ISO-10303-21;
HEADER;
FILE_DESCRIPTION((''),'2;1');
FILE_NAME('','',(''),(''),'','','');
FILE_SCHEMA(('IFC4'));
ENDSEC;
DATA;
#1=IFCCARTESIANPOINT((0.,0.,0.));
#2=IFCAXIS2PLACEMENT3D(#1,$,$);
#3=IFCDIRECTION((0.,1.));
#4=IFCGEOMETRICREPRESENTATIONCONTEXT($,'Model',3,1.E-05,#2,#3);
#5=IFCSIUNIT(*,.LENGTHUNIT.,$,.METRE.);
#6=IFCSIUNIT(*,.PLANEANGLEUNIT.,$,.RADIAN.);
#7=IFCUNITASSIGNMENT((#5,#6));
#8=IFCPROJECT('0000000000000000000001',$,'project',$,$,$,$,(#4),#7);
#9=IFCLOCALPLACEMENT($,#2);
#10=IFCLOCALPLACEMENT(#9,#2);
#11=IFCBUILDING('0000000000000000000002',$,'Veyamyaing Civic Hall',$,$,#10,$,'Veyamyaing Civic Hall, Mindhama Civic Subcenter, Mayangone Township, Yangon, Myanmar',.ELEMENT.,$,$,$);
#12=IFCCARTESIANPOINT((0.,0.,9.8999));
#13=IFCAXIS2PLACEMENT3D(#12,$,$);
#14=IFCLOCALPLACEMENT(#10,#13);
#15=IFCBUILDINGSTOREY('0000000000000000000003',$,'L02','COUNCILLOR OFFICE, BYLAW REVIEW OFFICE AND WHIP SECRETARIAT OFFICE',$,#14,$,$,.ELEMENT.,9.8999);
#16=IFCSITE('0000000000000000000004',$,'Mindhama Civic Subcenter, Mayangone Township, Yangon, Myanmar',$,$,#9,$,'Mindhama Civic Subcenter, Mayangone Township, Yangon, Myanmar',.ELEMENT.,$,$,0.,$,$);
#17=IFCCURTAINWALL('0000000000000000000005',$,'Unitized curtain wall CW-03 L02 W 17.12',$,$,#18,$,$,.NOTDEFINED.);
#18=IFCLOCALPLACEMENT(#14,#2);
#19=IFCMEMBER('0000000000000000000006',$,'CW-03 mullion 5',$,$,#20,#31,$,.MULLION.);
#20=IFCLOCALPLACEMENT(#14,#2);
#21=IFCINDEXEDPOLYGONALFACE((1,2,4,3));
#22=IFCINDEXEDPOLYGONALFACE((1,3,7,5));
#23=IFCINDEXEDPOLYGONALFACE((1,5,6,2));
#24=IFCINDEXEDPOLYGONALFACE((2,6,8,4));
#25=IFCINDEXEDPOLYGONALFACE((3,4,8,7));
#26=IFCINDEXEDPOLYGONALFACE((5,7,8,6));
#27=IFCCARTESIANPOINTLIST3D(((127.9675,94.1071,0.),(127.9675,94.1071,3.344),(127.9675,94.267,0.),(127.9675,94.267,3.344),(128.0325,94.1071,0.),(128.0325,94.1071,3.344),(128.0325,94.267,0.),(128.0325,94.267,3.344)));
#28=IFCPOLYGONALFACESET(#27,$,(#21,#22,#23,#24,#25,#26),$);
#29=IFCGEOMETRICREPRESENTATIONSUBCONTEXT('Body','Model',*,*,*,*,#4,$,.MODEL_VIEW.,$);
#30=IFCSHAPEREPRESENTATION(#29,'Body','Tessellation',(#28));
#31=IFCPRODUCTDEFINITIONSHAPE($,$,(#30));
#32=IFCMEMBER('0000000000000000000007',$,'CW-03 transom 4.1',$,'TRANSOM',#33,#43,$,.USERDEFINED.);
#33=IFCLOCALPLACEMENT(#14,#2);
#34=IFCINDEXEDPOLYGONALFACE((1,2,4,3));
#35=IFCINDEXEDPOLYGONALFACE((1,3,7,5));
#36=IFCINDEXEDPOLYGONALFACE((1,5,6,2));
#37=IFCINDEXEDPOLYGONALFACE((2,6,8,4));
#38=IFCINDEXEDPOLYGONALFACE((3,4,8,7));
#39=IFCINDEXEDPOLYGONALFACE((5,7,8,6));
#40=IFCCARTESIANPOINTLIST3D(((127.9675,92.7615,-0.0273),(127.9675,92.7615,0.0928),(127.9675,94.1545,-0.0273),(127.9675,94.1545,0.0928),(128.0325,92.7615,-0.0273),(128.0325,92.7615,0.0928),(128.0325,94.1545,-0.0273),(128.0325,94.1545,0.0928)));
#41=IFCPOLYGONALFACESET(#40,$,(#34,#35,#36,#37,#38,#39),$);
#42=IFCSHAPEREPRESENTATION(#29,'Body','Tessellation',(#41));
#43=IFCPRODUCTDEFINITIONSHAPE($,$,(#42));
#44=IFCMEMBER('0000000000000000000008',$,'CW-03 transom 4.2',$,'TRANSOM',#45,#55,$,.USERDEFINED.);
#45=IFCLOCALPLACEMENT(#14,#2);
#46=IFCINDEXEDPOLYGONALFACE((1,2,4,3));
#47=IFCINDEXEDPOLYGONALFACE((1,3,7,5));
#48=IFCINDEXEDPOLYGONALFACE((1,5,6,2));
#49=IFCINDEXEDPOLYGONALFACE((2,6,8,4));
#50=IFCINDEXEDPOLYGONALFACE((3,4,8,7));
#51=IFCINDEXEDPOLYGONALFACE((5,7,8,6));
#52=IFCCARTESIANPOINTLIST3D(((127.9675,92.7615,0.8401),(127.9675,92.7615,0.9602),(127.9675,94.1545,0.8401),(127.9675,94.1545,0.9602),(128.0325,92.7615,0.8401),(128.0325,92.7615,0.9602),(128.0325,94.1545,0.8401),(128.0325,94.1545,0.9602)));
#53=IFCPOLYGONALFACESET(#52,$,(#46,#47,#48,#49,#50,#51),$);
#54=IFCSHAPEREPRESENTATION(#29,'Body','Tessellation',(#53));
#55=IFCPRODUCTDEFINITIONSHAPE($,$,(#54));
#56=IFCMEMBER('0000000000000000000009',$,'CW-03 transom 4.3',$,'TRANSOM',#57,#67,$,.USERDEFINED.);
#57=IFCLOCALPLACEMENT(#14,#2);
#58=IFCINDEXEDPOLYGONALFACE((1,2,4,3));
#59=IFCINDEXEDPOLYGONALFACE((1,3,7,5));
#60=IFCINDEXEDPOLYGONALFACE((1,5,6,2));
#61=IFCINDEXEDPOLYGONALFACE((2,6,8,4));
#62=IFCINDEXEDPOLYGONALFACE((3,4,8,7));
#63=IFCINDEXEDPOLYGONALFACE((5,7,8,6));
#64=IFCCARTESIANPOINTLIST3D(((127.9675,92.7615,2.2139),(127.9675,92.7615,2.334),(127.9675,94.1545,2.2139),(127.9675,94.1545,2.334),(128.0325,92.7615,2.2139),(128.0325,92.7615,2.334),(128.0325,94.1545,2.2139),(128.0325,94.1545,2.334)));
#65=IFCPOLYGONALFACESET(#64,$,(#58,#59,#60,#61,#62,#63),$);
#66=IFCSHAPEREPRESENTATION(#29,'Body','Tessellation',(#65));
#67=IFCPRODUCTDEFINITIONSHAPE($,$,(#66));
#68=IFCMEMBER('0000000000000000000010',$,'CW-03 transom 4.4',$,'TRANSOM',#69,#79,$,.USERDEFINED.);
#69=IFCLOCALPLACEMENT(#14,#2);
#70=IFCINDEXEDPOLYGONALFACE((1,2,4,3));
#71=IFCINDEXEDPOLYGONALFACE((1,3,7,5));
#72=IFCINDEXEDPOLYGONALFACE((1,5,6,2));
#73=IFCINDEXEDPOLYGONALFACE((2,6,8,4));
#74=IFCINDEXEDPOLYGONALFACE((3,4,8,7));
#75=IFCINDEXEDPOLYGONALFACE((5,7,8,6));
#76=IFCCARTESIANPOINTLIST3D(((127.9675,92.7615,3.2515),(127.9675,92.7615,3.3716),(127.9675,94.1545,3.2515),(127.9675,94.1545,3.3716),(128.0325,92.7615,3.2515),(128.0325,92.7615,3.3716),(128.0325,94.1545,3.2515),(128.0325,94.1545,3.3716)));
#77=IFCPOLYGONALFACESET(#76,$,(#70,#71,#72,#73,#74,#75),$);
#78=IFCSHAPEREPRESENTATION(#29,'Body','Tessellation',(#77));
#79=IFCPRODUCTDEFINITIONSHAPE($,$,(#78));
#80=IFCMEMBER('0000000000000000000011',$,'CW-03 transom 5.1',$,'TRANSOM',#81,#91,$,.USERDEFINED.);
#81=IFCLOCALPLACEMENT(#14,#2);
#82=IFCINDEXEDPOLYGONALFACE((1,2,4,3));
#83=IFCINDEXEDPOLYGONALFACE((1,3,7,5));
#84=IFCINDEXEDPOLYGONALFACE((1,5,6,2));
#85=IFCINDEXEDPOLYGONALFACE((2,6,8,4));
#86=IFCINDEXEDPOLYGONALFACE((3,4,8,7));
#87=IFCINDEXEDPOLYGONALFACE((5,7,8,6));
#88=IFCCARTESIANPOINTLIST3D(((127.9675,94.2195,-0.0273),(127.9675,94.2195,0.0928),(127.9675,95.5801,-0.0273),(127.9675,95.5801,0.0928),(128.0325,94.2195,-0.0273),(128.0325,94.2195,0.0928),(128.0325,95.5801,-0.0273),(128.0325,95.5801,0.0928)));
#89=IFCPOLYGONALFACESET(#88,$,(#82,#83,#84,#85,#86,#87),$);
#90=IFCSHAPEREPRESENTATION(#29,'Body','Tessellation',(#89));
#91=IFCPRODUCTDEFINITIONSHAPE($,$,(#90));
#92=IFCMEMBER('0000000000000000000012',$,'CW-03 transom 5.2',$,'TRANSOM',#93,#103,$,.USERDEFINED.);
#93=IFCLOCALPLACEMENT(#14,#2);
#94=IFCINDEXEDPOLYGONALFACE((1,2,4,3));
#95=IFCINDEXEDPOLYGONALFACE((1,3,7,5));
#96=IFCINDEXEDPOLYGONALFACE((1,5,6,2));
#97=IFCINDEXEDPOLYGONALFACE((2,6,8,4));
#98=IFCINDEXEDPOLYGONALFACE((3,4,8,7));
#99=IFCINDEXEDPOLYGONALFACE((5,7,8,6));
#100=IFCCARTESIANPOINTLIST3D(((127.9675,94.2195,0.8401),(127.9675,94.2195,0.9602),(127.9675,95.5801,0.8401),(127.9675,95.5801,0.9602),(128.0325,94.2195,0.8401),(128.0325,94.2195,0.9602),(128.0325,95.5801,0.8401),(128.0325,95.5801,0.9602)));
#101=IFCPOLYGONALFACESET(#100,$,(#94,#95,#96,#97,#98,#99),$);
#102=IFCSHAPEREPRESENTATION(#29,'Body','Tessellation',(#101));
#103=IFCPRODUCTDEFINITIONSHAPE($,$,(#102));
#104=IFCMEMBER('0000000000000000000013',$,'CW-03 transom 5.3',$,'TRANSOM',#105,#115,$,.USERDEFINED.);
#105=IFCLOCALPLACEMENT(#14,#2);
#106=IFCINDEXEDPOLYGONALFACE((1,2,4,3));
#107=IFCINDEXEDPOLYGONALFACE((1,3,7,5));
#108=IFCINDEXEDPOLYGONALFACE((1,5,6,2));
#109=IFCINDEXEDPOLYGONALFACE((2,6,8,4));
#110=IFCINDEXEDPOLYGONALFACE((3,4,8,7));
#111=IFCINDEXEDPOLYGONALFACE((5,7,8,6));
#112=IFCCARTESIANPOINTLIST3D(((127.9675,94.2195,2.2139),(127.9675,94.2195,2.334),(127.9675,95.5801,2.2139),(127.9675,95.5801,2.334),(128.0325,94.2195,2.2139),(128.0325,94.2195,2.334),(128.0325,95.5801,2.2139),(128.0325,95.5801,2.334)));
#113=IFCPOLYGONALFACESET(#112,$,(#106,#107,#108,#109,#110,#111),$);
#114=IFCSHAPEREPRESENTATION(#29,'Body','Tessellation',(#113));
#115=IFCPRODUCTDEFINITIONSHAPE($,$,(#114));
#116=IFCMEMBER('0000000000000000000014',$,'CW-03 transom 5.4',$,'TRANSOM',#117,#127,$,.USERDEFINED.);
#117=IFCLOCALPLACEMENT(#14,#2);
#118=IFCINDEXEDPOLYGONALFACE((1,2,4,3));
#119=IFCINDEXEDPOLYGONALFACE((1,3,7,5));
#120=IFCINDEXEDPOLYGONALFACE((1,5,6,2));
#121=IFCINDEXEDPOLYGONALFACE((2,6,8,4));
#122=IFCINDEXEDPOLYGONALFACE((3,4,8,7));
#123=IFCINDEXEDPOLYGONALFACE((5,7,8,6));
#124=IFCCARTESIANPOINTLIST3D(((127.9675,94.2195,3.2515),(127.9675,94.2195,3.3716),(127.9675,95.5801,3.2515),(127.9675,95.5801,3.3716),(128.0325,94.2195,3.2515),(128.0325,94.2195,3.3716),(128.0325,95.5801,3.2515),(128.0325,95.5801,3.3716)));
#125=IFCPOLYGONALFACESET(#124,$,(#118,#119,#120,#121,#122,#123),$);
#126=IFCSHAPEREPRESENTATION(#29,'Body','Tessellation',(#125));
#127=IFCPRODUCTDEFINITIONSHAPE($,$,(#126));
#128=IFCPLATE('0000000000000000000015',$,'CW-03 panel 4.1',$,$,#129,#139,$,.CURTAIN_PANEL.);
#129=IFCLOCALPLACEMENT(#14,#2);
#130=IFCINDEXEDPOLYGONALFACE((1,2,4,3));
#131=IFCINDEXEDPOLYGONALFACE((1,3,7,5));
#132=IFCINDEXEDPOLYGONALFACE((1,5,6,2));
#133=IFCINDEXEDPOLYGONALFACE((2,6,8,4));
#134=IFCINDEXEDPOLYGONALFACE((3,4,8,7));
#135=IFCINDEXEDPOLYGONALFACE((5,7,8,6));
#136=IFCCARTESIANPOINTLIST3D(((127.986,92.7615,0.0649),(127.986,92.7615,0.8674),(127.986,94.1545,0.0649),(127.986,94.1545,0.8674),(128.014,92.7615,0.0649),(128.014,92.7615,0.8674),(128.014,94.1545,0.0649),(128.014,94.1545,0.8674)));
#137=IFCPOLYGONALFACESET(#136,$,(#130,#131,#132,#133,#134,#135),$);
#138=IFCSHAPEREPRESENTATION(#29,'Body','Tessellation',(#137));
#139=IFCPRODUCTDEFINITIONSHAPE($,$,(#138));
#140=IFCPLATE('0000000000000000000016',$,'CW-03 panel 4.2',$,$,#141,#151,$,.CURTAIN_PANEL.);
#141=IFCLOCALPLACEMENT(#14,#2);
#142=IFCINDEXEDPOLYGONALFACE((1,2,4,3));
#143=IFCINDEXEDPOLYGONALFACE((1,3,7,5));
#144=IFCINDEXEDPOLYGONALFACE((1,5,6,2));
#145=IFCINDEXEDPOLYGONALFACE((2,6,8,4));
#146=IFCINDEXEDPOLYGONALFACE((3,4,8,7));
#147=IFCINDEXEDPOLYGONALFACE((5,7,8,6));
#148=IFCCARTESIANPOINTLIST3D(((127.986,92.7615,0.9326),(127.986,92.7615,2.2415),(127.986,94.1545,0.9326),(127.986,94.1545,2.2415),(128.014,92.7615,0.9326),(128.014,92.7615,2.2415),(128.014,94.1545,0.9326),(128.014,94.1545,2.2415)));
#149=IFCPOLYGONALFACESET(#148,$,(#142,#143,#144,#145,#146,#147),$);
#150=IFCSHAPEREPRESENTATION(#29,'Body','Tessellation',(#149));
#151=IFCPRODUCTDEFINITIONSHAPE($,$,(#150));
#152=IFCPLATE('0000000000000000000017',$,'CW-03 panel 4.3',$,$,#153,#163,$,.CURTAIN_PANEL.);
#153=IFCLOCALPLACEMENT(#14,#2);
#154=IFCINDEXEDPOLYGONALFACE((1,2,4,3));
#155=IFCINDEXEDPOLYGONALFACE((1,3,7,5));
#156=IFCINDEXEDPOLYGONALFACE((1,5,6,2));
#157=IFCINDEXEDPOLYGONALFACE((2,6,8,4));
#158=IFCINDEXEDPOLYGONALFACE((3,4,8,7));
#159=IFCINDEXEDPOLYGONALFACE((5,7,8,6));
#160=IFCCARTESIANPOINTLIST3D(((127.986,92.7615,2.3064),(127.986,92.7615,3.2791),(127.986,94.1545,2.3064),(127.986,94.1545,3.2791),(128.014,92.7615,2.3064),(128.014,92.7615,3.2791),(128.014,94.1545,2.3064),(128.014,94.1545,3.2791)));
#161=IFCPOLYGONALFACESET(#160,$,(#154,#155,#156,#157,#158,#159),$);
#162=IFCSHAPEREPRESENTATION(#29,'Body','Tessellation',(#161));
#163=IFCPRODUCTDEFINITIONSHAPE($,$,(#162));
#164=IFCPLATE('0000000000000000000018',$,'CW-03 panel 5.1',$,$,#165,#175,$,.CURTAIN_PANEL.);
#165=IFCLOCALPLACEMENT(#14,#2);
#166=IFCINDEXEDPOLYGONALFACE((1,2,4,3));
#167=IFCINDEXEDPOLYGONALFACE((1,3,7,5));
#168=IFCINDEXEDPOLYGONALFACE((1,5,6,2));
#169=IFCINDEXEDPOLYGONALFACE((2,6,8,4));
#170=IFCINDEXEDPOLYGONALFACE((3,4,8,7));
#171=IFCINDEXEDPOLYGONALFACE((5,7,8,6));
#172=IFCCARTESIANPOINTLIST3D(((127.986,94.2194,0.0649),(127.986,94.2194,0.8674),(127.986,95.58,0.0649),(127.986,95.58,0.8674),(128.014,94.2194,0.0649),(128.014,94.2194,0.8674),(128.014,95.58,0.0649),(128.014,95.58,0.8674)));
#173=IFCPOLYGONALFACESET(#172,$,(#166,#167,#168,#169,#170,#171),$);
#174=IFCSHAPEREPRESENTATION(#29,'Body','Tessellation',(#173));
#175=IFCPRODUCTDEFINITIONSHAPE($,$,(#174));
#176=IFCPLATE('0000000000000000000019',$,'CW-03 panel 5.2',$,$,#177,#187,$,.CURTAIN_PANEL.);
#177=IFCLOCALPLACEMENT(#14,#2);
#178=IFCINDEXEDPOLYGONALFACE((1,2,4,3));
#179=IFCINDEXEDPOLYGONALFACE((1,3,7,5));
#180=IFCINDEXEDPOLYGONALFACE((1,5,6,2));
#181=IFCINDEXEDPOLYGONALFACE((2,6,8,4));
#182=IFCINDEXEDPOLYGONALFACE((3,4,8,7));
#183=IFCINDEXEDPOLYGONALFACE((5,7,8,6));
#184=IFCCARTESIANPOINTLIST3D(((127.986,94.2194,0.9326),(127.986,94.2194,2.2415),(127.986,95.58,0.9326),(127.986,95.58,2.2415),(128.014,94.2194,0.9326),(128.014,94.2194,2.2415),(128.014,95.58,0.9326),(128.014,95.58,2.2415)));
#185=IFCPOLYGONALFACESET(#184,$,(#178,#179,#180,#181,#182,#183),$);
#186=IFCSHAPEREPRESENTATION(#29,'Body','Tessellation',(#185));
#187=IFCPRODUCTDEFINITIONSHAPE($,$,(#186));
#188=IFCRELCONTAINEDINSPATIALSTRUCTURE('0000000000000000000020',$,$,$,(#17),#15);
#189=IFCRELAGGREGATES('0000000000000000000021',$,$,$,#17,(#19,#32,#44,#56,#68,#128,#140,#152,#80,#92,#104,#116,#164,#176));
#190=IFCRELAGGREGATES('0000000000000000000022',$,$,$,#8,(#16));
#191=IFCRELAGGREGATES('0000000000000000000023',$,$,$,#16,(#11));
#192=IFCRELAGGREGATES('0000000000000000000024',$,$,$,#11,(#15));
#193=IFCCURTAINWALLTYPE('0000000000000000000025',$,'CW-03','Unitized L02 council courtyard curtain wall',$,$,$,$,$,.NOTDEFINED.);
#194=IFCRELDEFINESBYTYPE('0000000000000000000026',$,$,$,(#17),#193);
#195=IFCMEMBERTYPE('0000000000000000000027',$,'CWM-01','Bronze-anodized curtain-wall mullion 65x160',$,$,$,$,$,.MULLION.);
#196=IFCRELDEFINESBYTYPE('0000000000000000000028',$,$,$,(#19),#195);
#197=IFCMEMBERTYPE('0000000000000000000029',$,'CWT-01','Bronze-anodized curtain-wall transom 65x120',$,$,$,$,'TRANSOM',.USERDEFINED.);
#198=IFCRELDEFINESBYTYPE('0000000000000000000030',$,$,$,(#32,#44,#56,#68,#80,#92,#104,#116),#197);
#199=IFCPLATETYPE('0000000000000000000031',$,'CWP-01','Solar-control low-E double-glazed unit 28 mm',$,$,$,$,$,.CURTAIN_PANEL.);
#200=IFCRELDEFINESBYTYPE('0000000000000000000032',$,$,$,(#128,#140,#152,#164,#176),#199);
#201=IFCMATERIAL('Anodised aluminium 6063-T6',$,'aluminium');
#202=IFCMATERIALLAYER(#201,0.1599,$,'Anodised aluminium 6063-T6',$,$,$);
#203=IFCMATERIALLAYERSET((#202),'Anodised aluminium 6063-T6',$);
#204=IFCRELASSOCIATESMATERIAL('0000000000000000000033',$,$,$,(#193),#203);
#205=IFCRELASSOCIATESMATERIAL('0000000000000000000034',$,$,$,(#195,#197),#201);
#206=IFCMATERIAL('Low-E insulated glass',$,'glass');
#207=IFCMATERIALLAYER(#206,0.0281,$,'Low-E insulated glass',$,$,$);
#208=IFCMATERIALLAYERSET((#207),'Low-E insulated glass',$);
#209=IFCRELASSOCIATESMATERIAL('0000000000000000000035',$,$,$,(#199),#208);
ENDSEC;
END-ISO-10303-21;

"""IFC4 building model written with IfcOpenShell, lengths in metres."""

from ifc_helpers import new_model, si_unit, direction, frame, origin, origin_2d, place, context, subcontext, project, spatial, rectangle, extrude, material, layer, layer_set, material_profile, profile_set, type_object, element, aggregate, save


model = new_model("IFC4")

# Units and contexts
model_context = context("Model", 3, precision=1e-05, world=origin(), true_north=direction((0.0, 1.0)))
body_context = subcontext(model_context, "Body", "Model", "MODEL_VIEW")
ifc_project = project(units=[si_unit("LENGTHUNIT", "METRE"), si_unit("PLANEANGLEUNIT", "RADIAN")], contexts=[model_context])

# Site, building, storey
site_placement = place(None, origin())
site = spatial("IfcSite", under=ifc_project, at=site_placement, Name="Mindhama Civic Subcenter, Mayangone Township, Yangon, Myanmar", LongName="Mindhama Civic Subcenter, Mayangone Township, Yangon, Myanmar", CompositionType="ELEMENT", RefElevation=0.0)
building_placement = place(site_placement, origin())
building = spatial("IfcBuilding", under=site, at=building_placement, Name="Veyamyaing Civic Hall", LongName="Veyamyaing Civic Hall, Mindhama Civic Subcenter, Mayangone Township, Yangon, Myanmar", CompositionType="ELEMENT")
storey_placement = place(building_placement, frame((0.0, 0.0, 9.8999)))
storey = spatial("IfcBuildingStorey", under=building, at=storey_placement, Name="L02", Description="COUNCILLOR OFFICE, BYLAW REVIEW OFFICE AND WHIP SECRETARIAT OFFICE", CompositionType="ELEMENT", Elevation=9.8999)

# Curtain wall, members, plates
ifc_material_1 = material(Name="Anodised aluminium 6063-T6", Category="aluminium")
ifc_layer_1 = layer(ifc_material_1, 0.1599, Name="Anodised aluminium 6063-T6")
ifc_layer_set_1 = layer_set([ifc_layer_1], Name="Anodised aluminium 6063-T6")
curtain_wall_type = type_object("IfcCurtainWallType", Name="CW-03", Description="Unitized L02 council courtyard curtain wall", PredefinedType="NOTDEFINED", material=ifc_layer_set_1)
curtain_wall_placement = place(storey_placement, origin())
curtain_wall = element("IfcCurtainWall", 1, at=curtain_wall_placement, inside=storey, type_object=curtain_wall_type, Name="Unitized curtain wall CW-03 L02 W 17.12", PredefinedType="NOTDEFINED")
ifc_material_profile_1 = material_profile(ifc_material_1, rectangle(XDim=0.0649, YDim=0.1599, at=origin_2d()), Name="ALU-MUL-65X160")
ifc_profile_set_1 = profile_set([ifc_material_profile_1], Name="Anodised aluminium 6063-T6")
member_type_1 = type_object("IfcMemberType", Name="CWM-01", Description="Bronze-anodized curtain-wall mullion 65x160", PredefinedType="MULLION", material=ifc_profile_set_1)
member_1_placement = place(storey_placement, frame((128.0, 94.187, 0.0), z_axis=(0.0, 0.0, 1.0), x_axis=(-1.0, 0.0, 0.0)))
member_1 = element("IfcMember", 2, at=member_1_placement, type_object=member_type_1, Name="CW-03 mullion 5", PredefinedType="MULLION", context=body_context, shape_type="SweptSolid", body=[
    extrude(rectangle(XDim=0.0649, YDim=0.1599, at=origin_2d()), origin(), (0.0, 0.0, 1.0), 3.344),
])
ifc_material_profile_2 = material_profile(ifc_material_1, rectangle(XDim=0.0649, YDim=0.1201, at=origin_2d()), Name="ALU-TRN-65X120")
ifc_profile_set_2 = profile_set([ifc_material_profile_2], Name="Anodised aluminium 6063-T6")
member_type_2 = type_object("IfcMemberType", Name="CWT-01", Description="Bronze-anodized curtain-wall transom 65x120", ElementType="TRANSOM", PredefinedType="USERDEFINED", material=ifc_profile_set_2)
member_2_placement = place(storey_placement, frame((128.0, 92.7615, 0.0327), z_axis=(0.0, 1.0, 0.0), x_axis=(-1.0, 0.0, 0.0)))
member_2 = element("IfcMember", 3, at=member_2_placement, type_object=member_type_2, Name="CW-03 transom 4.1", ObjectType="TRANSOM", PredefinedType="USERDEFINED", context=body_context, shape_type="SweptSolid", body=[
    extrude(rectangle(XDim=0.0649, YDim=0.1201, at=origin_2d()), origin(), (0.0, 0.0, 1.0), 1.3931),
])
member_3_placement = place(storey_placement, frame((128.0, 92.7615, 0.9001), z_axis=(0.0, 1.0, 0.0), x_axis=(-1.0, 0.0, 0.0)))
member_3 = element("IfcMember", 4, at=member_3_placement, type_object=member_type_2, Name="CW-03 transom 4.2", ObjectType="TRANSOM", PredefinedType="USERDEFINED", context=body_context, shape_type="SweptSolid", body=[
    extrude(rectangle(XDim=0.0649, YDim=0.1201, at=origin_2d()), origin(), (0.0, 0.0, 1.0), 1.3931),
])
member_4_placement = place(storey_placement, frame((128.0, 92.7615, 2.2739), z_axis=(0.0, 1.0, 0.0), x_axis=(-1.0, 0.0, 0.0)))
member_4 = element("IfcMember", 5, at=member_4_placement, type_object=member_type_2, Name="CW-03 transom 4.3", ObjectType="TRANSOM", PredefinedType="USERDEFINED", context=body_context, shape_type="SweptSolid", body=[
    extrude(rectangle(XDim=0.0649, YDim=0.1201, at=origin_2d()), origin(), (0.0, 0.0, 1.0), 1.3931),
])
member_5_placement = place(storey_placement, frame((128.0, 92.7615, 3.3115), z_axis=(0.0, 1.0, 0.0), x_axis=(-1.0, 0.0, 0.0)))
member_5 = element("IfcMember", 6, at=member_5_placement, type_object=member_type_2, Name="CW-03 transom 4.4", ObjectType="TRANSOM", PredefinedType="USERDEFINED", context=body_context, shape_type="SweptSolid", body=[
    extrude(rectangle(XDim=0.0649, YDim=0.1201, at=origin_2d()), origin(), (0.0, 0.0, 1.0), 1.3931),
])
member_6_placement = place(storey_placement, frame((128.0, 94.2195, 0.0327), z_axis=(0.0, 1.0, 0.0), x_axis=(-1.0, 0.0, 0.0)))
member_6 = element("IfcMember", 7, at=member_6_placement, type_object=member_type_2, Name="CW-03 transom 5.1", ObjectType="TRANSOM", PredefinedType="USERDEFINED", context=body_context, shape_type="SweptSolid", body=[
    extrude(rectangle(XDim=0.0649, YDim=0.1201, at=origin_2d()), origin(), (0.0, 0.0, 1.0), 1.3606),
])
member_7_placement = place(storey_placement, frame((128.0, 94.2195, 0.9001), z_axis=(0.0, 1.0, 0.0), x_axis=(-1.0, 0.0, 0.0)))
member_7 = element("IfcMember", 8, at=member_7_placement, type_object=member_type_2, Name="CW-03 transom 5.2", ObjectType="TRANSOM", PredefinedType="USERDEFINED", context=body_context, shape_type="SweptSolid", body=[
    extrude(rectangle(XDim=0.0649, YDim=0.1201, at=origin_2d()), origin(), (0.0, 0.0, 1.0), 1.3606),
])
member_8_placement = place(storey_placement, frame((128.0, 94.2195, 2.2739), z_axis=(0.0, 1.0, 0.0), x_axis=(-1.0, 0.0, 0.0)))
member_8 = element("IfcMember", 9, at=member_8_placement, type_object=member_type_2, Name="CW-03 transom 5.3", ObjectType="TRANSOM", PredefinedType="USERDEFINED", context=body_context, shape_type="SweptSolid", body=[
    extrude(rectangle(XDim=0.0649, YDim=0.1201, at=origin_2d()), origin(), (0.0, 0.0, 1.0), 1.3606),
])
member_9_placement = place(storey_placement, frame((128.0, 94.2195, 3.3115), z_axis=(0.0, 1.0, 0.0), x_axis=(-1.0, 0.0, 0.0)))
member_9 = element("IfcMember", 10, at=member_9_placement, type_object=member_type_2, Name="CW-03 transom 5.4", ObjectType="TRANSOM", PredefinedType="USERDEFINED", context=body_context, shape_type="SweptSolid", body=[
    extrude(rectangle(XDim=0.0649, YDim=0.1201, at=origin_2d()), origin(), (0.0, 0.0, 1.0), 1.3606),
])
ifc_material_2 = material(Name="Low-E insulated glass", Category="glass")
ifc_layer_2 = layer(ifc_material_2, 0.0281, Name="Low-E insulated glass")
ifc_layer_set_2 = layer_set([ifc_layer_2], Name="Low-E insulated glass")
plate_type = type_object("IfcPlateType", Name="CWP-01", Description="Solar-control low-E double-glazed unit 28 mm", PredefinedType="CURTAIN_PANEL", material=ifc_layer_set_2)
plate_1_placement = place(storey_placement, frame((128.0, 93.458, 0.0649), z_axis=(0.0, 0.0, 1.0), x_axis=(0.0, 1.0, 0.0)))
plate_1 = element("IfcPlate", 11, at=plate_1_placement, type_object=plate_type, Name="CW-03 panel 4.1", PredefinedType="CURTAIN_PANEL", context=body_context, shape_type="SweptSolid", body=[
    extrude(rectangle(XDim=1.3931, YDim=0.0281, at=origin_2d()), origin(), (0.0, 0.0, 1.0), 0.8025),
])
plate_2_placement = place(storey_placement, frame((128.0, 93.458, 0.9326), z_axis=(0.0, 0.0, 1.0), x_axis=(0.0, 1.0, 0.0)))
plate_2 = element("IfcPlate", 12, at=plate_2_placement, type_object=plate_type, Name="CW-03 panel 4.2", PredefinedType="CURTAIN_PANEL", context=body_context, shape_type="SweptSolid", body=[
    extrude(rectangle(XDim=1.3931, YDim=0.0281, at=origin_2d()), origin(), (0.0, 0.0, 1.0), 1.3088),
])
plate_3_placement = place(storey_placement, frame((128.0, 93.458, 2.3064), z_axis=(0.0, 0.0, 1.0), x_axis=(0.0, 1.0, 0.0)))
plate_3 = element("IfcPlate", 13, at=plate_3_placement, type_object=plate_type, Name="CW-03 panel 4.3", PredefinedType="CURTAIN_PANEL", context=body_context, shape_type="SweptSolid", body=[
    extrude(rectangle(XDim=1.3931, YDim=0.0281, at=origin_2d()), origin(), (0.0, 0.0, 1.0), 0.9727),
])
plate_4_placement = place(storey_placement, frame((128.0, 94.8997, 0.0649), z_axis=(0.0, 0.0, 1.0), x_axis=(0.0, 1.0, 0.0)))
plate_4 = element("IfcPlate", 14, at=plate_4_placement, type_object=plate_type, Name="CW-03 panel 5.1", PredefinedType="CURTAIN_PANEL", context=body_context, shape_type="SweptSolid", body=[
    extrude(rectangle(XDim=1.3606, YDim=0.0281, at=origin_2d()), origin(), (0.0, 0.0, 1.0), 0.8025),
])
plate_5_placement = place(storey_placement, frame((128.0, 94.8997, 0.9326), z_axis=(0.0, 0.0, 1.0), x_axis=(0.0, 1.0, 0.0)))
plate_5 = element("IfcPlate", 15, at=plate_5_placement, type_object=plate_type, Name="CW-03 panel 5.2", PredefinedType="CURTAIN_PANEL", context=body_context, shape_type="SweptSolid", body=[
    extrude(rectangle(XDim=1.3606, YDim=0.0281, at=origin_2d()), origin(), (0.0, 0.0, 1.0), 1.3088),
])
aggregate(curtain_wall, [member_1, member_2, member_3, member_4, member_5, plate_1, plate_2, plate_3, member_6, member_7, member_8, member_9, plate_4, plate_5])

save(model, "model.ifc")
